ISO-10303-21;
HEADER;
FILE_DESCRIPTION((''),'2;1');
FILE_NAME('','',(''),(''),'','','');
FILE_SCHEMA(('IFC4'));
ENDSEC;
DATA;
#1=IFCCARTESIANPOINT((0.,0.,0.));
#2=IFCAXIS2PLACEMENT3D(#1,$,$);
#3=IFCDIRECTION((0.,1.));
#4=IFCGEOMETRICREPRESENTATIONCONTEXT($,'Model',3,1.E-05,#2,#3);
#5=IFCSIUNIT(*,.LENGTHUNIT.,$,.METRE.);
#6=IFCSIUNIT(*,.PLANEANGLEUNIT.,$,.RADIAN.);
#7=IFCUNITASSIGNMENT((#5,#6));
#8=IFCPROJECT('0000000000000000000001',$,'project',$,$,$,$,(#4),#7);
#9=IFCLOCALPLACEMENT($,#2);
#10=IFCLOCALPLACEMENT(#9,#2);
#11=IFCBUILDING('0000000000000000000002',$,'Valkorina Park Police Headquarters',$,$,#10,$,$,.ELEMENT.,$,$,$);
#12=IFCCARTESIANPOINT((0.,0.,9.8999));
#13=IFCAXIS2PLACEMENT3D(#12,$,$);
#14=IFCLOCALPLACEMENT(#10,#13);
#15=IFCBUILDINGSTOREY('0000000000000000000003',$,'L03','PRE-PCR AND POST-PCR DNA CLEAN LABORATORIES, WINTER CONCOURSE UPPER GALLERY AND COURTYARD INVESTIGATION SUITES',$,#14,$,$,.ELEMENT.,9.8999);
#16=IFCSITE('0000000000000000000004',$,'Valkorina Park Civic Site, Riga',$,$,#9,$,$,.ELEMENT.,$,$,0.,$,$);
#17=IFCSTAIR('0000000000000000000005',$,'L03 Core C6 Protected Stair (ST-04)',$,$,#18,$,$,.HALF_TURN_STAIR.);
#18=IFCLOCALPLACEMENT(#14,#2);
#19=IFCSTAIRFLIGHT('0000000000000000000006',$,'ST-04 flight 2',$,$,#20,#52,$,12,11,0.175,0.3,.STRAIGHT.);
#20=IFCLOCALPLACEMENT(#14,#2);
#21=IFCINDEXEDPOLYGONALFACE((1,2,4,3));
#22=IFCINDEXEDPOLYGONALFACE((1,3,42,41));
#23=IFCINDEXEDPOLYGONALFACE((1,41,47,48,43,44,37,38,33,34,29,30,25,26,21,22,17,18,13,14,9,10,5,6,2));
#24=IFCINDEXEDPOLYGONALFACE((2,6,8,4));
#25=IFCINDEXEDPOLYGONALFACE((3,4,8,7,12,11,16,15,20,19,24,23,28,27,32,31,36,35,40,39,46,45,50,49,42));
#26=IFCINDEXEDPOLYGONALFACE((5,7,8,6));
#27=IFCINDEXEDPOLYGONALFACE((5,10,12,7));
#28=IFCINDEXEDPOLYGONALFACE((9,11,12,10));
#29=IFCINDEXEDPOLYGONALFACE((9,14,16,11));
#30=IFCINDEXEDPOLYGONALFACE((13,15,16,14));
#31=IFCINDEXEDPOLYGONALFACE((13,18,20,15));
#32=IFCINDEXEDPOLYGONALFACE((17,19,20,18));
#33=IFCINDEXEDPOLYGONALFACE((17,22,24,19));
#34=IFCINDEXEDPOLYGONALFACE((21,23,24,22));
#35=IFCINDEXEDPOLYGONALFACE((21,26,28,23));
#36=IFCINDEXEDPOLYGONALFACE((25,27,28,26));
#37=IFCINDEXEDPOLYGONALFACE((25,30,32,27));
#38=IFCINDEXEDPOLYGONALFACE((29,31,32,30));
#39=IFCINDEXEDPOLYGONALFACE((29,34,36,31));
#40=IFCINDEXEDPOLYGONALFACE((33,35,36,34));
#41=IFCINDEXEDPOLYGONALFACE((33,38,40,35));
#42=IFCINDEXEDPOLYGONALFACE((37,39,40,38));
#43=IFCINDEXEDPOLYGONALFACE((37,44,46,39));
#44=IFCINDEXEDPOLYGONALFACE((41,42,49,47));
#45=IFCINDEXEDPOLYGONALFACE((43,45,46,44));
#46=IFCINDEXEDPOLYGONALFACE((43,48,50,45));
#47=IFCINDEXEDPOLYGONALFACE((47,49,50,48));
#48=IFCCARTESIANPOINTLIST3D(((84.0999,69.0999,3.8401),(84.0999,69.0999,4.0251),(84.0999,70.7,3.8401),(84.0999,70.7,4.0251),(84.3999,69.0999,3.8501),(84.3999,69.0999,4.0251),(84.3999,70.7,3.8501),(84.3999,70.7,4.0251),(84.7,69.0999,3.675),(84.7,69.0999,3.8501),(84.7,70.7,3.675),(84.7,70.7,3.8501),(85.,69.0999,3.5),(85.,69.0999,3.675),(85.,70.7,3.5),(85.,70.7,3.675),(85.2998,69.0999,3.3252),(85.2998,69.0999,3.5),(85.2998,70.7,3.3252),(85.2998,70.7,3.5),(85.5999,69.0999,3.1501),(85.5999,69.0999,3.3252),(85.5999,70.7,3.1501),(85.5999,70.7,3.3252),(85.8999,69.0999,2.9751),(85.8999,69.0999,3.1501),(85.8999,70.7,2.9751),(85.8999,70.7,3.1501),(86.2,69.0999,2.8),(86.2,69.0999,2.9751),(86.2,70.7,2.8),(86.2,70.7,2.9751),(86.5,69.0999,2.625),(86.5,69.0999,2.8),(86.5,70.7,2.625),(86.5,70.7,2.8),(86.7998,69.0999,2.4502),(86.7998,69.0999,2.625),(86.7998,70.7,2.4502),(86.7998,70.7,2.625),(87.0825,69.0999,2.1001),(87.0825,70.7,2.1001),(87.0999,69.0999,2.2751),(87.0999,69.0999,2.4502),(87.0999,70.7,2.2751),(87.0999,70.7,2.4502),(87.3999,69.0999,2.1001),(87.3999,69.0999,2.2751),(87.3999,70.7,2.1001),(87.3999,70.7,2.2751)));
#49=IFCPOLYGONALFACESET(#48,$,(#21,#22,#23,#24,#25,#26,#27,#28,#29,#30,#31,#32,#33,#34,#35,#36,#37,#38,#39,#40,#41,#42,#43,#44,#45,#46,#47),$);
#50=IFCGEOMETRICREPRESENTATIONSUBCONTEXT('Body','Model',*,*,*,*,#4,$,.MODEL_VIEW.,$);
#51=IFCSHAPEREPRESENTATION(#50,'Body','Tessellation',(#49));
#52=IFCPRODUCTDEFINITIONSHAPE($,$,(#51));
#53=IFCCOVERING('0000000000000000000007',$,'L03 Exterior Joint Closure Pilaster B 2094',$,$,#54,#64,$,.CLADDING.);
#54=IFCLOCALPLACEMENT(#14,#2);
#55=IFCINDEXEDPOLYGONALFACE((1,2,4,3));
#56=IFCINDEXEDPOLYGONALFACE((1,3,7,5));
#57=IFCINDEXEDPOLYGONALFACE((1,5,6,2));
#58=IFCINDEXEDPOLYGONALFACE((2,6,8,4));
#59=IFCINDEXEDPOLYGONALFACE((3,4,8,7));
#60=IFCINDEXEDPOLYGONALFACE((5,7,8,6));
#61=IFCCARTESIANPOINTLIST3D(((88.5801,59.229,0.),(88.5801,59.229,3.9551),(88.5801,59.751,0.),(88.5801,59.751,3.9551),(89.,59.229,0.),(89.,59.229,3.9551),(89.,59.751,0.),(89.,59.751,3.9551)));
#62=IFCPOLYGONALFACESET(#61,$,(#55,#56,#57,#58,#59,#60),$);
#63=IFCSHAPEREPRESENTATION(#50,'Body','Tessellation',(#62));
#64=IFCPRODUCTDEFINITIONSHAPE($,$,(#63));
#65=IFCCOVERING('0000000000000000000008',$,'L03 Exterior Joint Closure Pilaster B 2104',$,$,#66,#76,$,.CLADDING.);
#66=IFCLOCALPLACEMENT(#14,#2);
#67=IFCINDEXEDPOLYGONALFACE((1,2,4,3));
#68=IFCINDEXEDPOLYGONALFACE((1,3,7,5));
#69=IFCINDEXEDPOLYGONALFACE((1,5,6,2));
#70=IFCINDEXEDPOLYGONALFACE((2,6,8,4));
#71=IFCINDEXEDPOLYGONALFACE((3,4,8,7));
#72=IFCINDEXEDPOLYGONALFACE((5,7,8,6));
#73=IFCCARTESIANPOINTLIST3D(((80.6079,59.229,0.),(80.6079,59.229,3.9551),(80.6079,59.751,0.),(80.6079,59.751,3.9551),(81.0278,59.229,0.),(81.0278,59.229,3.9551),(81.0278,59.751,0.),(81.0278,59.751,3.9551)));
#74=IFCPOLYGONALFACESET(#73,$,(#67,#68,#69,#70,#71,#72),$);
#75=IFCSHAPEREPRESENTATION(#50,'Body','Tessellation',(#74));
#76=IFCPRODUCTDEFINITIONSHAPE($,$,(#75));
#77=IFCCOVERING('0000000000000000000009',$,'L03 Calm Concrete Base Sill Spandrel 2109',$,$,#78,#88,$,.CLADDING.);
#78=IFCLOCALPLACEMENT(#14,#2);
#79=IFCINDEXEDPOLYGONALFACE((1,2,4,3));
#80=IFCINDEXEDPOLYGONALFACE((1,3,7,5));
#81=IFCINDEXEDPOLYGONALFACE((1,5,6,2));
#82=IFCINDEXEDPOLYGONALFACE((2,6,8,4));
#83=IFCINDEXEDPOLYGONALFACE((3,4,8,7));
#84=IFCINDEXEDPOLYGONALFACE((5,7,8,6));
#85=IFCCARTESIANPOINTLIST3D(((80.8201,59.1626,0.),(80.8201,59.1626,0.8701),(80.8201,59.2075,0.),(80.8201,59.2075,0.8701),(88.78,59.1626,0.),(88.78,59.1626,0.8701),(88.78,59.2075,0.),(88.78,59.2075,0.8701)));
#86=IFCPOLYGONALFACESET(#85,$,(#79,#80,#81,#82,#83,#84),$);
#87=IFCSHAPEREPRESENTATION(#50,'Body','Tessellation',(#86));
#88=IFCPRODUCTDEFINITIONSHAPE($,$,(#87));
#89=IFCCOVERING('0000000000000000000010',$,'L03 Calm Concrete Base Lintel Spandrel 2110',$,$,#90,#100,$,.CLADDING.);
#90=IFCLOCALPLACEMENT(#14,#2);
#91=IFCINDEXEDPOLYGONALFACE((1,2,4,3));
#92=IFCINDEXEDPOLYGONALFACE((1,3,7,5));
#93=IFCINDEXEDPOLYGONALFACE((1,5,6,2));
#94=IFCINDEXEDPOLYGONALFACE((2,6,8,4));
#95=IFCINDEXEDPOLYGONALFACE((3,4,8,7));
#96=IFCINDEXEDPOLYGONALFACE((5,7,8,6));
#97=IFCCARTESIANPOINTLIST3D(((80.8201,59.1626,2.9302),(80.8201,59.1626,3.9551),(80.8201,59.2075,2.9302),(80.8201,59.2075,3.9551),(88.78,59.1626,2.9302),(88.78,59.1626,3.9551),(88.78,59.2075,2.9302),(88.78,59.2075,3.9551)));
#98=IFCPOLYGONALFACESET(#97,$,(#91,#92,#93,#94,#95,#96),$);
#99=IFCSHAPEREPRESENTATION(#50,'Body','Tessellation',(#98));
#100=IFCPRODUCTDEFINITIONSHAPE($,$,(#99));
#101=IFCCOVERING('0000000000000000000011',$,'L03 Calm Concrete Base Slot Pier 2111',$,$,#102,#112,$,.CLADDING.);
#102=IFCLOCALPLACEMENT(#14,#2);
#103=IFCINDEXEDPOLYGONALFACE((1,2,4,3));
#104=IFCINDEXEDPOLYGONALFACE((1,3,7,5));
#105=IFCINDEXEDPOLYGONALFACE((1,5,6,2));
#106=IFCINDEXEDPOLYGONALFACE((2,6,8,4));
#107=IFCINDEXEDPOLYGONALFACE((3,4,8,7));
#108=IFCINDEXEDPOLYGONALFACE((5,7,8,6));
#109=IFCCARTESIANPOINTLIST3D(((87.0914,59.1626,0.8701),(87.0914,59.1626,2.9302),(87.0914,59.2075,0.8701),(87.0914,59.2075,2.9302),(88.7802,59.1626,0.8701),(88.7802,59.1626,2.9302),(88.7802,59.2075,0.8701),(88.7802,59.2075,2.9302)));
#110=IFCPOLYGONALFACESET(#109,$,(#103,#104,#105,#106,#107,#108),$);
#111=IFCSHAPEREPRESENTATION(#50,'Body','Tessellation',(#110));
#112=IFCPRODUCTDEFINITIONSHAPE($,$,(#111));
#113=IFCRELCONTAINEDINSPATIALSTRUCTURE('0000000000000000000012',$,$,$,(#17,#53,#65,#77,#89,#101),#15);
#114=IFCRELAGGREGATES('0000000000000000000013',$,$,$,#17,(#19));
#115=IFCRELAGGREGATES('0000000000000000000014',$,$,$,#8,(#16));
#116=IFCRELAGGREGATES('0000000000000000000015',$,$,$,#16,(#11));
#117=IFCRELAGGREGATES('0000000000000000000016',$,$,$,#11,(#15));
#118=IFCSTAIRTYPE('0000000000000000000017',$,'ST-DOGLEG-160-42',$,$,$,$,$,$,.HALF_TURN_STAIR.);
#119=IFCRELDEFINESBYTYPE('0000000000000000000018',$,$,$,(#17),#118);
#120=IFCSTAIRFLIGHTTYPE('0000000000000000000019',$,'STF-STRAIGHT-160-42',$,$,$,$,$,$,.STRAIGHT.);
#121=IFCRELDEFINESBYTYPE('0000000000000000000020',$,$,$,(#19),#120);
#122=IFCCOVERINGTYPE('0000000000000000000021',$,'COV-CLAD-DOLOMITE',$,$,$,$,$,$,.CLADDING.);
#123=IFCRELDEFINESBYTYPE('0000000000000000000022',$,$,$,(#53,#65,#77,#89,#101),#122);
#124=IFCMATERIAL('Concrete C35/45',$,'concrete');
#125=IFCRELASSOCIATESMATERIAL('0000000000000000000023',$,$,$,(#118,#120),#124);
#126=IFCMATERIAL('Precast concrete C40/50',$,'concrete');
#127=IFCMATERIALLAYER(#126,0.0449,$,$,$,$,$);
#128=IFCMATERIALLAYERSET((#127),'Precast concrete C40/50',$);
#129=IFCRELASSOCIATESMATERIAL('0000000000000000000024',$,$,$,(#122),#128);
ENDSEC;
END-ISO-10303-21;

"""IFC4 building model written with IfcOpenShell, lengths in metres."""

from ifc_helpers import new_model, si_unit, direction, frame, frame_2d, origin, origin_2d, place, context, subcontext, project, spatial, polyline, rectangle, outline, extrude, material, layer, layer_set, type_object, element, aggregate, save


model = new_model("IFC4")

# Units and contexts
model_context = context("Model", 3, precision=1e-05, world=origin(), true_north=direction((0.0, 1.0)))
body_context = subcontext(model_context, "Body", "Model", "MODEL_VIEW")
ifc_project = project(units=[si_unit("LENGTHUNIT", "METRE"), si_unit("PLANEANGLEUNIT", "RADIAN")], contexts=[model_context])

# Site, building, storey
site_placement = place(None, origin())
site = spatial("IfcSite", under=ifc_project, at=site_placement, Name="Valkorina Park Civic Site, Riga", CompositionType="ELEMENT", RefElevation=0.0)
building_placement = place(site_placement, origin())
building = spatial("IfcBuilding", under=site, at=building_placement, Name="Valkorina Park Police Headquarters", CompositionType="ELEMENT")
storey_placement = place(building_placement, frame((0.0, 0.0, 9.8999)))
storey = spatial("IfcBuildingStorey", under=building, at=storey_placement, Name="L03", Description="PRE-PCR AND POST-PCR DNA CLEAN LABORATORIES, WINTER CONCOURSE UPPER GALLERY AND COURTYARD INVESTIGATION SUITES", CompositionType="ELEMENT", Elevation=9.8999)

# Stair, stair flight
ifc_material_1 = material(Name="Concrete C35/45", Category="concrete")
stair_type = type_object("IfcStairType", Name="ST-DOGLEG-160-42", PredefinedType="HALF_TURN_STAIR", material=ifc_material_1)
stair_placement = place(storey_placement, origin())
stair = element("IfcStair", 1, at=stair_placement, inside=storey, type_object=stair_type, Name="L03 Core C6 Protected Stair (ST-04)", PredefinedType="HALF_TURN_STAIR")
stair_flight_type = type_object("IfcStairFlightType", Name="STF-STRAIGHT-160-42", PredefinedType="STRAIGHT", material=ifc_material_1)
stair_flight_1_placement = place(storey_placement, frame((87.3999, 69.8999, 2.1001), z_axis=(0.0, 0.0, 1.0), x_axis=(-1.0, 0.0, 0.0)))
stair_flight_1 = element("IfcStairFlight", 2, at=stair_flight_1_placement, type_object=stair_flight_type, Name="ST-04 flight 2", NumberOfRisers=12, NumberOfTreads=11, PredefinedType="STRAIGHT", RiserHeight=0.175, TreadLength=0.3, context=body_context, shape_type="SweptSolid", body=[
    extrude(outline(polyline([(0.0, 0.0), (0.0, 0.175), (0.3, 0.175), (0.3, 0.3501), (0.6001, 0.3501), (0.6001, 0.5249), (0.8999, 0.5249), (0.8999, 0.7), (1.2, 0.7), (1.2, 0.875), (1.5, 0.875), (1.5, 1.05), (1.8, 1.05), (1.8, 1.2251), (2.1001, 1.2251), (2.1001, 1.3999), (2.3999, 1.3999), (2.3999, 1.575), (2.7, 1.575), (2.7, 1.75), (3.0, 1.75), (3.0, 1.925), (3.3, 1.925), (3.3, 2.1001), (3.3, 1.74), (0.3174, 0.0), (0.0, 0.0)])), frame((0.0, 0.8, 0.0), z_axis=(0.0, -1.0, 0.0), x_axis=(1.0, 0.0, 0.0)), (0.0, 0.0, 1.0), 1.6001),
])
aggregate(stair, [stair_flight_1])

# Coverings
ifc_material_2 = material(Name="Precast concrete C40/50", Category="concrete")
ifc_layer_1 = layer(ifc_material_2, 0.0449)
ifc_layer_set_1 = layer_set([ifc_layer_1], Name="Precast concrete C40/50")
covering_type = type_object("IfcCoveringType", Name="COV-CLAD-DOLOMITE", PredefinedType="CLADDING", material=ifc_layer_set_1)
for number, where, z_axis, x_axis, name in (
    (3, (88.79, 59.49, 0.0), (0.0, 0.0, 1.0), (1.0, 0.0, 0.0), "L03 Exterior Joint Closure Pilaster B 2094"),
    (4, (80.8179, 59.49, 0.0), (0.0, 0.0, 1.0), (1.0, 0.0, 0.0), "L03 Exterior Joint Closure Pilaster B 2104"),
):
    element("IfcCovering", number, at=place(storey_placement, frame(where, z_axis=z_axis, x_axis=x_axis)), inside=storey, type_object=covering_type, Name=name, PredefinedType="CLADDING", context=body_context, shape_type="SweptSolid", body=[
        extrude(rectangle(XDim=0.4199, YDim=0.522, at=origin_2d()), origin(), (0.0, 0.0, 1.0), 3.9551),
    ])
covering_1_placement = place(storey_placement, frame((88.78, 59.1851, 0.0), z_axis=(0.0, 0.0, 1.0), x_axis=(-1.0, 0.0, 0.0)))
element("IfcCovering", 5, at=covering_1_placement, inside=storey, type_object=covering_type, Name="L03 Calm Concrete Base Sill Spandrel 2109", PredefinedType="CLADDING", context=body_context, shape_type="SweptSolid", body=[
    extrude(rectangle(XDim=7.96, YDim=0.0449, at=frame_2d((3.98, 0.0))), origin(), (0.0, 0.0, 1.0), 0.8701),
])
covering_2_placement = place(storey_placement, frame((88.78, 59.1851, 2.9302), z_axis=(0.0, 0.0, 1.0), x_axis=(-1.0, 0.0, 0.0)))
element("IfcCovering", 6, at=covering_2_placement, inside=storey, type_object=covering_type, Name="L03 Calm Concrete Base Lintel Spandrel 2110", PredefinedType="CLADDING", context=body_context, shape_type="SweptSolid", body=[
    extrude(rectangle(XDim=7.96, YDim=0.0449, at=frame_2d((3.98, 0.0))), origin(), (0.0, 0.0, 1.0), 1.0249),
])
covering_3_placement = place(storey_placement, frame((88.78, 59.1851, 0.8701), z_axis=(0.0, 0.0, 1.0), x_axis=(-1.0, 0.0, 0.0)))
element("IfcCovering", 7, at=covering_3_placement, inside=storey, type_object=covering_type, Name="L03 Calm Concrete Base Slot Pier 2111", PredefinedType="CLADDING", context=body_context, shape_type="SweptSolid", body=[
    extrude(rectangle(XDim=1.6887, YDim=0.0449, at=frame_2d((0.8442, 0.0))), origin(), (0.0, 0.0, 1.0), 2.0601),
])

save(model, "model.ifc")
